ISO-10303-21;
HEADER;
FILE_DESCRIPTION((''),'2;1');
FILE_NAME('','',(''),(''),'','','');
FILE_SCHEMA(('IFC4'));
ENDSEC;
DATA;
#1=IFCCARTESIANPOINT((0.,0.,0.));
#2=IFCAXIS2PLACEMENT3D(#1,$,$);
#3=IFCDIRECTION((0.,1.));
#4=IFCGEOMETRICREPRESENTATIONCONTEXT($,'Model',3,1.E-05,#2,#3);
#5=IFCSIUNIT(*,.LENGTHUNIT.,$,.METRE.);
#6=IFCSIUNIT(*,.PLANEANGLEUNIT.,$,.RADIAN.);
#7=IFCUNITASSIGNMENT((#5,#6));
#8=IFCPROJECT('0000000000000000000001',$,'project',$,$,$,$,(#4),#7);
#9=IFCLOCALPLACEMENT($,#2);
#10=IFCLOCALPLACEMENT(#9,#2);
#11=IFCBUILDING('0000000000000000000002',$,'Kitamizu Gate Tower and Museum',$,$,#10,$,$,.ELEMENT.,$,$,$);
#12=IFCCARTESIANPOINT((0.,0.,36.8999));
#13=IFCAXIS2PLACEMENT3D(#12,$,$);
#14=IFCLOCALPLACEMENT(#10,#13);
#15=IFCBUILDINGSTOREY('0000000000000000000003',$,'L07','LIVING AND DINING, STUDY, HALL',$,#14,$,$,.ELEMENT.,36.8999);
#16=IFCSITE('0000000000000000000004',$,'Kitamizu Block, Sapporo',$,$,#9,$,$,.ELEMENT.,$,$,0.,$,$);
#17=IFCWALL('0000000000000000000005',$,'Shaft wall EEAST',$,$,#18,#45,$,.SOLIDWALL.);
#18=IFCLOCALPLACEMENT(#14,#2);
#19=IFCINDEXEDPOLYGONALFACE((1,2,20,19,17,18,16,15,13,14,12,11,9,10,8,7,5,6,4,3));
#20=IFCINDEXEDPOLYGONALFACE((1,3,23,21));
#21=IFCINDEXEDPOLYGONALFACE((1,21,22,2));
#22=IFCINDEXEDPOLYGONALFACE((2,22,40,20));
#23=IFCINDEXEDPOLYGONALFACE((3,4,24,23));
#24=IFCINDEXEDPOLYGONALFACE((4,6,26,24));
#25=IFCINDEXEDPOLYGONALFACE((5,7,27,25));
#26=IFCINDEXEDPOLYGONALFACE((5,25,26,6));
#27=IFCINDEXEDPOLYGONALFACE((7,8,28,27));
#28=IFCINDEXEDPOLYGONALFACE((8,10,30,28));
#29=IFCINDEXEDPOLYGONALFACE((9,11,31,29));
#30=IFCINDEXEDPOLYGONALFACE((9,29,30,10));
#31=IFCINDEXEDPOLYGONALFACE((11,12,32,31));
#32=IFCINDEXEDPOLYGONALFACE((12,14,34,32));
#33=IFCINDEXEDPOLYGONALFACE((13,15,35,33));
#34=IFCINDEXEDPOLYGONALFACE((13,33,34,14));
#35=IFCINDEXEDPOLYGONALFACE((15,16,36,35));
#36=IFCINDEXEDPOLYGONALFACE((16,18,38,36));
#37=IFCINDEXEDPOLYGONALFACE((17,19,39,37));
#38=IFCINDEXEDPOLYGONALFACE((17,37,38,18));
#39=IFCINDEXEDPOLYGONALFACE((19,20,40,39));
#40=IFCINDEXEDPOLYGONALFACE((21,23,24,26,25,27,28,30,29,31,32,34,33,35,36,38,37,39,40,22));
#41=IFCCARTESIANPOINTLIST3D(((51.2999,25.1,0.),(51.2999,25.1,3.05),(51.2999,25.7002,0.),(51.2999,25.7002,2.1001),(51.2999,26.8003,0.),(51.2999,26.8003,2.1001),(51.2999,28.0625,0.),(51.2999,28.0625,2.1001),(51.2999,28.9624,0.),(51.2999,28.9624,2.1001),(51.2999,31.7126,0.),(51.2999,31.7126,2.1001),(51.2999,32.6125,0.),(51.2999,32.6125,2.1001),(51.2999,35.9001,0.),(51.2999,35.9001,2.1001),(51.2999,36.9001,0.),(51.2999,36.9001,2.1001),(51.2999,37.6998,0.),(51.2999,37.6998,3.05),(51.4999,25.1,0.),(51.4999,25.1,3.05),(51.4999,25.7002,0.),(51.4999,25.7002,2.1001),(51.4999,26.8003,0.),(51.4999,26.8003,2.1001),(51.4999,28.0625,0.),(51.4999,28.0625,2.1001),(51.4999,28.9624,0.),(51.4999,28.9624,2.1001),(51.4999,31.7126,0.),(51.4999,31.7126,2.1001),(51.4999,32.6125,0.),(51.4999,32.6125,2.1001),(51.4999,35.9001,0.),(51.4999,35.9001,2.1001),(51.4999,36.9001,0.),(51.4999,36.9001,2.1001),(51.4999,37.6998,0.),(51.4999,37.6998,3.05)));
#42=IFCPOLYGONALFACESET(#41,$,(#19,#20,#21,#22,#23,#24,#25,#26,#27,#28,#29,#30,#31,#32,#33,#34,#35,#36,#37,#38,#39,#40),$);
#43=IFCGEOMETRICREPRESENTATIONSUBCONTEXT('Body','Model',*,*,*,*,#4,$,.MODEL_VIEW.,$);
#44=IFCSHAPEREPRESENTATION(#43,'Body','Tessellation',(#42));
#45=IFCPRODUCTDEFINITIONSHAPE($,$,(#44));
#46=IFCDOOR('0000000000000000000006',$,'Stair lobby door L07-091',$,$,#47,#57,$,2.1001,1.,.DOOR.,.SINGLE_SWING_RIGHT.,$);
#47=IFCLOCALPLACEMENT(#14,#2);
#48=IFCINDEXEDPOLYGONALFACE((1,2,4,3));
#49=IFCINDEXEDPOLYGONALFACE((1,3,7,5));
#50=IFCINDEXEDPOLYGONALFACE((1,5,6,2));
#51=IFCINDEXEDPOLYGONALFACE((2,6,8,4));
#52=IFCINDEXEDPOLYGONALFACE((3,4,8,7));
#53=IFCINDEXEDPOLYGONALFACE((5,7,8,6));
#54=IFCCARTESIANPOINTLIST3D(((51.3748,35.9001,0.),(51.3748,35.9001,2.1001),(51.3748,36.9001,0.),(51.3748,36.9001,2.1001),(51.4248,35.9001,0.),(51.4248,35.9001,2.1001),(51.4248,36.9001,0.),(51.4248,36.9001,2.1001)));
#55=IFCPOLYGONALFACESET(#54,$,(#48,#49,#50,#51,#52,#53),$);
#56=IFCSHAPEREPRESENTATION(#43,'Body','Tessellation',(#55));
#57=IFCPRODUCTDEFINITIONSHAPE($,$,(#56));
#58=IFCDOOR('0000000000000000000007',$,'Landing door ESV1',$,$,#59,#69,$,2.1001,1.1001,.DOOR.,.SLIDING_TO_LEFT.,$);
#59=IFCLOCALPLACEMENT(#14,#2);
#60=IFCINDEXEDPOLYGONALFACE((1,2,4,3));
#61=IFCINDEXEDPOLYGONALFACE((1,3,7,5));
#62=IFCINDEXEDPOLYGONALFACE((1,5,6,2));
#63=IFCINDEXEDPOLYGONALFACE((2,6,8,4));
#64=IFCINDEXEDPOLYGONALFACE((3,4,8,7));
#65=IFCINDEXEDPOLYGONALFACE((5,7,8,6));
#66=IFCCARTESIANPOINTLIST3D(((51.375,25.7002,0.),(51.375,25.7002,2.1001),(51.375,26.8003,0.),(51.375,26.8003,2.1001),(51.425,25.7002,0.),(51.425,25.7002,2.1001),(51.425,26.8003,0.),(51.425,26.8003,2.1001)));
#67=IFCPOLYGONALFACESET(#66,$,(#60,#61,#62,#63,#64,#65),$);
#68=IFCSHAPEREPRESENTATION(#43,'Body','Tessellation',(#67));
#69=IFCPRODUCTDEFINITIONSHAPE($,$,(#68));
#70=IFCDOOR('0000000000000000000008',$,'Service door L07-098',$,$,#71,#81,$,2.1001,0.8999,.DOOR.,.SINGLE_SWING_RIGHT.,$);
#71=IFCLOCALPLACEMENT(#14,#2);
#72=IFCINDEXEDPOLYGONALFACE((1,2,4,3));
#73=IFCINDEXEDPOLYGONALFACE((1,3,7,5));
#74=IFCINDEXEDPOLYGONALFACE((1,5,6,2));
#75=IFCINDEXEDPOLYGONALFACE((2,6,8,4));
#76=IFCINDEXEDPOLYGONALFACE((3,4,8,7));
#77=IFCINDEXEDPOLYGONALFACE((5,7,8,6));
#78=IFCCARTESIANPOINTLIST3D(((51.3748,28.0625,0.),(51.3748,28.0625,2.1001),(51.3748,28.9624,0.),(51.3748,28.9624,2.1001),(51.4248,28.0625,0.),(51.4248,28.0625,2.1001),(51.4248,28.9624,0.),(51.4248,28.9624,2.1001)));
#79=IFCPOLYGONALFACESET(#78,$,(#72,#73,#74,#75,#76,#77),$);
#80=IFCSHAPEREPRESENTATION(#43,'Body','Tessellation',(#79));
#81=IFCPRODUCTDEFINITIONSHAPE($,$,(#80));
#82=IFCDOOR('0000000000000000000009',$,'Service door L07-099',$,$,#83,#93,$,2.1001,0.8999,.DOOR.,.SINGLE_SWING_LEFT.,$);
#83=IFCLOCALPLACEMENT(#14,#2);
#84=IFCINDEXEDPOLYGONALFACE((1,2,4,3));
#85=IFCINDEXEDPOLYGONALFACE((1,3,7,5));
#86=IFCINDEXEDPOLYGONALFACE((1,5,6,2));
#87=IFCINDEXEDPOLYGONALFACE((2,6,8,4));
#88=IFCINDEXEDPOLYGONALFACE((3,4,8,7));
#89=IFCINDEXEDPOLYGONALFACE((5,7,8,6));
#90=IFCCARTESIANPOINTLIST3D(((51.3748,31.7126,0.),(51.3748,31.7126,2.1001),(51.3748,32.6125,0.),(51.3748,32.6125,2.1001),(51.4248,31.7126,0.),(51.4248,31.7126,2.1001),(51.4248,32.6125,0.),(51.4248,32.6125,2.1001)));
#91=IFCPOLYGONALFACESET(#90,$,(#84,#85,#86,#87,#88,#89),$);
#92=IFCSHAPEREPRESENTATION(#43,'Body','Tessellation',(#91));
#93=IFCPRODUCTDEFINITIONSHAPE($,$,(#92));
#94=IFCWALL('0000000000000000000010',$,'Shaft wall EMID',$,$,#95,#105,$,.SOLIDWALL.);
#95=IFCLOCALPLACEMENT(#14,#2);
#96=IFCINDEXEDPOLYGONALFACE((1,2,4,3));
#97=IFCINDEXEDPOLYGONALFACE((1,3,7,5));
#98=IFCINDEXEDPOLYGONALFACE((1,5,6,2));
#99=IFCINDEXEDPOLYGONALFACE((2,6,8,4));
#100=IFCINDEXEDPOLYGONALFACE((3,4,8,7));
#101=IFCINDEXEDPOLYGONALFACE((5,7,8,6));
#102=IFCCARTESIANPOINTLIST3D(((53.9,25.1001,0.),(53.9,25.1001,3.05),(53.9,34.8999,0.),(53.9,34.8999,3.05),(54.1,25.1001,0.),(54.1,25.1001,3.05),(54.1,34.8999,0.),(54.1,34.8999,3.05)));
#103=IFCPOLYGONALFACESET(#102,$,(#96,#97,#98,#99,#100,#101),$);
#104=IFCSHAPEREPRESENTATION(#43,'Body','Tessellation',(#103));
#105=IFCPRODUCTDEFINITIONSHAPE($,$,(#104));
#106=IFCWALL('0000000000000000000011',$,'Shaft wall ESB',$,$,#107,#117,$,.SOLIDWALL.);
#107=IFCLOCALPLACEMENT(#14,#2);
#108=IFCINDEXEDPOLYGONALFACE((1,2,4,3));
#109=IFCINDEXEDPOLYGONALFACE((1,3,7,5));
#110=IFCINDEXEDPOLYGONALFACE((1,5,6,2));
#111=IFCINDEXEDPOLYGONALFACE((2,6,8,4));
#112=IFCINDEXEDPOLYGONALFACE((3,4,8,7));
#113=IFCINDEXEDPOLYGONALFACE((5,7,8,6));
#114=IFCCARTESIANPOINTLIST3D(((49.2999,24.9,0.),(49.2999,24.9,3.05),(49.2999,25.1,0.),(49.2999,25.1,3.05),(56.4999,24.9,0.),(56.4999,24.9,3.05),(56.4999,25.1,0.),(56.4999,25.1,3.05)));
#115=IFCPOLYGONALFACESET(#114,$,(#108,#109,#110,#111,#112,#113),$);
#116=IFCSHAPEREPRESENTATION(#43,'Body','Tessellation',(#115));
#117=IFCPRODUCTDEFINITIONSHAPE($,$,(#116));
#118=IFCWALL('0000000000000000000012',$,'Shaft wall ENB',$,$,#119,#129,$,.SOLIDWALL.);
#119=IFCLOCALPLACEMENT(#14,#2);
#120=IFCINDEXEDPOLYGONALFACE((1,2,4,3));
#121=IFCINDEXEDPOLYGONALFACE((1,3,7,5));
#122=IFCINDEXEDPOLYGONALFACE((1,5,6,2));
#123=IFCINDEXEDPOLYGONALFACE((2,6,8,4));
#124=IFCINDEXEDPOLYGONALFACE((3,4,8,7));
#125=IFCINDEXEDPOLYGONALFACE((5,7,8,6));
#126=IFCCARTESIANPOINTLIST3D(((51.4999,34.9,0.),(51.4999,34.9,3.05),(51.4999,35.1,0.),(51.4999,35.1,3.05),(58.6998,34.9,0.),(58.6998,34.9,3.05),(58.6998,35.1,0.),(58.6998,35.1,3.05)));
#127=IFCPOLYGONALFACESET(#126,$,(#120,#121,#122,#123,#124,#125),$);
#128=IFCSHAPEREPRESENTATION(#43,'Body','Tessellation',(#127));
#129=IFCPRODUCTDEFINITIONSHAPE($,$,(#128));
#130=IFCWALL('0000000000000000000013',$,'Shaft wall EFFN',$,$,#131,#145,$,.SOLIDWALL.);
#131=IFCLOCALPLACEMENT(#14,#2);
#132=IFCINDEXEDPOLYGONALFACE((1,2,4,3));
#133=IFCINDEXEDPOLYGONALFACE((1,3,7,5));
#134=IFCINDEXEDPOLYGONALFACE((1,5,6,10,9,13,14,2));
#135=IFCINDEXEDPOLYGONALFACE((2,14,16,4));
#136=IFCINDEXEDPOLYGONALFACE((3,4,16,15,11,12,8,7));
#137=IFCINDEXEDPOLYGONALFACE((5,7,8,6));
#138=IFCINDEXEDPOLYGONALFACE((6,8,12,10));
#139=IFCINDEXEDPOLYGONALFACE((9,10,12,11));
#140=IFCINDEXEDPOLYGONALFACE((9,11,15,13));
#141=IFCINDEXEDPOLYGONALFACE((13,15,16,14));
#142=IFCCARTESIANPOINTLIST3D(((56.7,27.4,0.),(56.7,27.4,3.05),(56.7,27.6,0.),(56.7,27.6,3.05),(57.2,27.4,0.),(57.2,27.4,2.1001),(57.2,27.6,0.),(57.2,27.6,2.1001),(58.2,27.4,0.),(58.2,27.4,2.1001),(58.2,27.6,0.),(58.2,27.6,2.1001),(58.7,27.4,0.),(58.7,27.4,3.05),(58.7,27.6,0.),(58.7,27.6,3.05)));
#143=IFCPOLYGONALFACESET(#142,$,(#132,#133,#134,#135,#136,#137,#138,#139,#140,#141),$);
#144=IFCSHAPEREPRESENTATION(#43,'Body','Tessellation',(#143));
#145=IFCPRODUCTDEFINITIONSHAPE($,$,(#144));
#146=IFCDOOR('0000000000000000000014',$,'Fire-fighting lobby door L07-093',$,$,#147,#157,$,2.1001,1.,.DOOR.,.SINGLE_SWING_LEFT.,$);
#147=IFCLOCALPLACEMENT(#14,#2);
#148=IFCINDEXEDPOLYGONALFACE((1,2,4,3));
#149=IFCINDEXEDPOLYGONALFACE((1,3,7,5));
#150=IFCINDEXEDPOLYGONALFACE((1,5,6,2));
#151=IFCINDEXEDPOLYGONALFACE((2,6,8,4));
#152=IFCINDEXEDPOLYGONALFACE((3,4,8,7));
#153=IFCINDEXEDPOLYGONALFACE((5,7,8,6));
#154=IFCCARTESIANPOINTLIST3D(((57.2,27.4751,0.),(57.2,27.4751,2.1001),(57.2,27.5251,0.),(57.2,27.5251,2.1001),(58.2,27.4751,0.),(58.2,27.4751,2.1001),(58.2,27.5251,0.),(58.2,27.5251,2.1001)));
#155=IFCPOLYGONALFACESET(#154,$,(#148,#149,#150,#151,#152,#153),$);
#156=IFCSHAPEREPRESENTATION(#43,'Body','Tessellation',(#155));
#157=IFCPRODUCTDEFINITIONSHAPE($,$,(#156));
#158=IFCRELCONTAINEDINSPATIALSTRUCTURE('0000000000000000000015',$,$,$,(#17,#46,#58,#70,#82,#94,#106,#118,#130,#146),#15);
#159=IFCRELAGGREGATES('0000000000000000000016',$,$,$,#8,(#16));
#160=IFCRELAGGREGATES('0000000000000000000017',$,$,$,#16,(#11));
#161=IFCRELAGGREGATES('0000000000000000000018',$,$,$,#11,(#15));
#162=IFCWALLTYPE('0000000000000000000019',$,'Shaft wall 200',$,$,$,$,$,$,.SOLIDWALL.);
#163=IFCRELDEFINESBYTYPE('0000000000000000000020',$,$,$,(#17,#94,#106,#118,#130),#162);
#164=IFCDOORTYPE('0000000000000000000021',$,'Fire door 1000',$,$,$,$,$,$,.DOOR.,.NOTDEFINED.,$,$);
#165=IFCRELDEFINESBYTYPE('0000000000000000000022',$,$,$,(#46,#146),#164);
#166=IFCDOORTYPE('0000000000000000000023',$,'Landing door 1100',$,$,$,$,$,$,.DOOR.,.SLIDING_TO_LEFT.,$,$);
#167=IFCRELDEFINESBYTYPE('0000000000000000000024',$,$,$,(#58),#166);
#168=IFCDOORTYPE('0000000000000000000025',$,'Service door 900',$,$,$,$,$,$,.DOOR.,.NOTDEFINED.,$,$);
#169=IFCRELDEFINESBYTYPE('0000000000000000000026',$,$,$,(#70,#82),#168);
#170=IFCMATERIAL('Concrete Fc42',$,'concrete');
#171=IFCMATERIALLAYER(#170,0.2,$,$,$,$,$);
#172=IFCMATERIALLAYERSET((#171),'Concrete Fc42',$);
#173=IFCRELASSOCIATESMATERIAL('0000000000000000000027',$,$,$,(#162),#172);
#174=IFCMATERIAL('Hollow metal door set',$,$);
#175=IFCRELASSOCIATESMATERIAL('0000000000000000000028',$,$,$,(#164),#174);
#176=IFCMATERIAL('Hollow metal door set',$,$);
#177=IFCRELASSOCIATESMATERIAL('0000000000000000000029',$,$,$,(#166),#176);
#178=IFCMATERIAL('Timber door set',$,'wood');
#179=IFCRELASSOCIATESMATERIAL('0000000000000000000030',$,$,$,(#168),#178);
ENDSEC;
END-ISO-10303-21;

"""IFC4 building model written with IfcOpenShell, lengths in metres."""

from ifc_helpers import new_model, si_unit, direction, frame, frame_2d, origin, place, context, subcontext, project, spatial, rectangle, extrude, material, layer, layer_set, type_object, element, fill, save


model = new_model("IFC4")

# Units and contexts
model_context = context("Model", 3, precision=1e-05, world=origin(), true_north=direction((0.0, 1.0)))
body_context = subcontext(model_context, "Body", "Model", "MODEL_VIEW")
ifc_project = project(units=[si_unit("LENGTHUNIT", "METRE"), si_unit("PLANEANGLEUNIT", "RADIAN")], contexts=[model_context])

# Site, building, storey
site_placement = place(None, origin())
site = spatial("IfcSite", under=ifc_project, at=site_placement, Name="Kitamizu Block, Sapporo", CompositionType="ELEMENT", RefElevation=0.0)
building_placement = place(site_placement, origin())
building = spatial("IfcBuilding", under=site, at=building_placement, Name="Kitamizu Gate Tower and Museum", CompositionType="ELEMENT")
storey_placement = place(building_placement, frame((0.0, 0.0, 36.8999)))
storey = spatial("IfcBuildingStorey", under=building, at=storey_placement, Name="L07", Description="LIVING AND DINING, STUDY, HALL", CompositionType="ELEMENT", Elevation=36.8999)

# Wall, openings, doors
ifc_material_1 = material(Name="Concrete Fc42", Category="concrete")
ifc_layer_1 = layer(ifc_material_1, 0.2)
ifc_layer_set_1 = layer_set([ifc_layer_1], Name="Concrete Fc42")
wall_type_1 = type_object("IfcWallType", Name="Shaft wall 200", PredefinedType="SOLIDWALL", material=ifc_layer_set_1)
wall_1_placement = place(storey_placement, frame((51.3999, 25.1001, 0.0), z_axis=(0.0, 0.0, 1.0), x_axis=(0.0, 1.0, 0.0)))
wall_1 = element("IfcWall", 1, at=wall_1_placement, inside=storey, type_object=wall_type_1, Name="Shaft wall EEAST", PredefinedType="SOLIDWALL", context=body_context, shape_type="SweptSolid", body=[
    extrude(rectangle(XDim=12.5999, YDim=0.2, at=frame_2d((6.2998, 0.0))), origin(), (0.0, 0.0, 1.0), 3.05),
])
opening_1_placement = place(wall_1_placement, frame((0.6001, 0.0, 0.0)))
opening_1 = element("IfcOpeningElement", 2, at=opening_1_placement, cuts=wall_1, PredefinedType="OPENING", context=body_context, shape_type="SweptSolid", body=[
    extrude(rectangle(XDim=1.1001, YDim=2.1001, at=frame_2d((0.55, 1.05))), frame((0.0, 0.1099, 0.0), z_axis=(0.0, -1.0, 0.0), x_axis=(1.0, 0.0, 0.0)), (0.0, 0.0, 1.0), 0.22),
])
opening_2_placement = place(wall_1_placement, frame((10.8, 0.0, 0.0)))
opening_2 = element("IfcOpeningElement", 3, at=opening_2_placement, cuts=wall_1, PredefinedType="OPENING", context=body_context, shape_type="SweptSolid", body=[
    extrude(rectangle(XDim=1.0, YDim=2.1001, at=frame_2d((0.5, 1.05))), frame((0.0, 0.1099, 0.0), z_axis=(0.0, -1.0, 0.0), x_axis=(1.0, 0.0, 0.0)), (0.0, 0.0, 1.0), 0.22),
])
opening_3_placement = place(wall_1_placement, frame((2.9624, 0.0, 0.0)))
opening_3 = element("IfcOpeningElement", 4, at=opening_3_placement, cuts=wall_1, PredefinedType="OPENING", context=body_context, shape_type="SweptSolid", body=[
    extrude(rectangle(XDim=0.8999, YDim=2.1001, at=frame_2d((0.45, 1.05))), frame((0.0, 0.1099, 0.0), z_axis=(0.0, -1.0, 0.0), x_axis=(1.0, 0.0, 0.0)), (0.0, 0.0, 1.0), 0.22),
])
opening_4_placement = place(wall_1_placement, frame((6.6125, 0.0, 0.0)))
opening_4 = element("IfcOpeningElement", 5, at=opening_4_placement, cuts=wall_1, PredefinedType="OPENING", context=body_context, shape_type="SweptSolid", body=[
    extrude(rectangle(XDim=0.8999, YDim=2.1001, at=frame_2d((0.45, 1.05))), frame((0.0, 0.1099, 0.0), z_axis=(0.0, -1.0, 0.0), x_axis=(1.0, 0.0, 0.0)), (0.0, 0.0, 1.0), 0.22),
])
ifc_material_2 = material(Name="Hollow metal door set")
door_type_1 = type_object("IfcDoorType", Name="Fire door 1000", OperationType="NOTDEFINED", PredefinedType="DOOR", material=ifc_material_2)
door_1_placement = place(opening_2_placement, frame((1.0, 0.0, 0.0), x_axis=(-1.0, 0.0, 0.0)))
door_1 = element("IfcDoor", 6, at=door_1_placement, inside=storey, type_object=door_type_1, Name="Stair lobby door L07-091", OperationType="SINGLE_SWING_RIGHT", OverallHeight=2.1001, OverallWidth=1.0, PredefinedType="DOOR", context=body_context, shape_type="SweptSolid", body=[
    extrude(rectangle(XDim=1.0, YDim=2.1001, at=frame_2d((0.5, 1.05))), frame((0.0, 0.0249, 0.0), z_axis=(0.0, -1.0, 0.0), x_axis=(1.0, 0.0, 0.0)), (0.0, 0.0, 1.0), 0.05),
])
fill(opening_2, door_1)
ifc_material_3 = material(Name="Hollow metal door set")
door_type_2 = type_object("IfcDoorType", Name="Landing door 1100", OperationType="SLIDING_TO_LEFT", PredefinedType="DOOR", material=ifc_material_3)
door_2_placement = place(opening_1_placement, origin())
door_2 = element("IfcDoor", 7, at=door_2_placement, inside=storey, type_object=door_type_2, Name="Landing door ESV1", OperationType="SLIDING_TO_LEFT", OverallHeight=2.1001, OverallWidth=1.1001, PredefinedType="DOOR", context=body_context, shape_type="SweptSolid", body=[
    extrude(rectangle(XDim=1.1001, YDim=2.1001, at=frame_2d((0.55, 1.05))), frame((0.0, 0.0249, 0.0), z_axis=(0.0, -1.0, 0.0), x_axis=(1.0, 0.0, 0.0)), (0.0, 0.0, 1.0), 0.05),
])
fill(opening_1, door_2)
ifc_material_4 = material(Name="Timber door set", Category="wood")
door_type_3 = type_object("IfcDoorType", Name="Service door 900", OperationType="NOTDEFINED", PredefinedType="DOOR", material=ifc_material_4)
door_3_placement = place(opening_3_placement, frame((0.8999, 0.0, 0.0), x_axis=(-1.0, 0.0, 0.0)))
door_3 = element("IfcDoor", 8, at=door_3_placement, inside=storey, type_object=door_type_3, Name="Service door L07-098", OperationType="SINGLE_SWING_RIGHT", OverallHeight=2.1001, OverallWidth=0.8999, PredefinedType="DOOR", context=body_context, shape_type="SweptSolid", body=[
    extrude(rectangle(XDim=0.8999, YDim=2.1001, at=frame_2d((0.45, 1.05))), frame((0.0, 0.0249, 0.0), z_axis=(0.0, -1.0, 0.0), x_axis=(1.0, 0.0, 0.0)), (0.0, 0.0, 1.0), 0.05),
])
fill(opening_3, door_3)
door_4_placement = place(opening_4_placement, frame((0.8999, 0.0, 0.0), x_axis=(-1.0, 0.0, 0.0)))
door_4 = element("IfcDoor", 9, at=door_4_placement, inside=storey, type_object=door_type_3, Name="Service door L07-099", OperationType="SINGLE_SWING_LEFT", OverallHeight=2.1001, OverallWidth=0.8999, PredefinedType="DOOR", context=body_context, shape_type="SweptSolid", body=[
    extrude(rectangle(XDim=0.8999, YDim=2.1001, at=frame_2d((0.45, 1.05))), frame((0.0, 0.0249, 0.0), z_axis=(0.0, -1.0, 0.0), x_axis=(1.0, 0.0, 0.0)), (0.0, 0.0, 1.0), 0.05),
])
fill(opening_4, door_4)

# Walls
wall_2_placement = place(storey_placement, frame((54.0, 25.1001, 0.0), z_axis=(0.0, 0.0, 1.0), x_axis=(0.0, 1.0, 0.0)))
element("IfcWall", 10, at=wall_2_placement, inside=storey, type_object=wall_type_1, Name="Shaft wall EMID", PredefinedType="SOLIDWALL", context=body_context, shape_type="SweptSolid", body=[
    extrude(rectangle(XDim=9.7998, YDim=0.2, at=frame_2d((4.8999, 0.0))), origin(), (0.0, 0.0, 1.0), 3.05),
])
for number, where, z_axis, x_axis, name in (
    (11, (56.5, 25.0, 0.0), (0.0, 0.0, 1.0), (-1.0, 0.0, 0.0), "Shaft wall ESB"),
    (12, (58.7, 35.0, 0.0), (0.0, 0.0, 1.0), (-1.0, 0.0, 0.0), "Shaft wall ENB"),
):
    element("IfcWall", number, at=place(storey_placement, frame(where, z_axis=z_axis, x_axis=x_axis)), inside=storey, type_object=wall_type_1, Name=name, PredefinedType="SOLIDWALL", context=body_context, shape_type="SweptSolid", body=[
        extrude(rectangle(XDim=7.2, YDim=0.2, at=frame_2d((3.6001, 0.0))), origin(), (0.0, 0.0, 1.0), 3.05),
    ])

# Wall, opening, door
wall_3_placement = place(storey_placement, frame((58.7, 27.5, 0.0), z_axis=(0.0, 0.0, 1.0), x_axis=(-1.0, 0.0, 0.0)))
wall_3 = element("IfcWall", 13, at=wall_3_placement, inside=storey, type_object=wall_type_1, Name="Shaft wall EFFN", PredefinedType="SOLIDWALL", context=body_context, shape_type="SweptSolid", body=[
    extrude(rectangle(XDim=2.0, YDim=0.2, at=frame_2d((1.0, 0.0))), origin(), (0.0, 0.0, 1.0), 3.05),
])
opening_5_placement = place(wall_3_placement, frame((0.5, 0.0, 0.0)))
opening_5 = element("IfcOpeningElement", 14, at=opening_5_placement, cuts=wall_3, PredefinedType="OPENING", context=body_context, shape_type="SweptSolid", body=[
    extrude(rectangle(XDim=1.0, YDim=2.1001, at=frame_2d((0.5, 1.05))), frame((0.0, 0.1099, 0.0), z_axis=(0.0, -1.0, 0.0), x_axis=(1.0, 0.0, 0.0)), (0.0, 0.0, 1.0), 0.22),
])
door_5_placement = place(opening_5_placement, origin())
door_5 = element("IfcDoor", 15, at=door_5_placement, inside=storey, type_object=door_type_1, Name="Fire-fighting lobby door L07-093", OperationType="SINGLE_SWING_LEFT", OverallHeight=2.1001, OverallWidth=1.0, PredefinedType="DOOR", context=body_context, shape_type="SweptSolid", body=[
    extrude(rectangle(XDim=1.0, YDim=2.1001, at=frame_2d((0.5, 1.05))), frame((0.0, 0.0249, 0.0), z_axis=(0.0, -1.0, 0.0), x_axis=(1.0, 0.0, 0.0)), (0.0, 0.0, 1.0), 0.05),
])
fill(opening_5, door_5)

save(model, "model.ifc")
